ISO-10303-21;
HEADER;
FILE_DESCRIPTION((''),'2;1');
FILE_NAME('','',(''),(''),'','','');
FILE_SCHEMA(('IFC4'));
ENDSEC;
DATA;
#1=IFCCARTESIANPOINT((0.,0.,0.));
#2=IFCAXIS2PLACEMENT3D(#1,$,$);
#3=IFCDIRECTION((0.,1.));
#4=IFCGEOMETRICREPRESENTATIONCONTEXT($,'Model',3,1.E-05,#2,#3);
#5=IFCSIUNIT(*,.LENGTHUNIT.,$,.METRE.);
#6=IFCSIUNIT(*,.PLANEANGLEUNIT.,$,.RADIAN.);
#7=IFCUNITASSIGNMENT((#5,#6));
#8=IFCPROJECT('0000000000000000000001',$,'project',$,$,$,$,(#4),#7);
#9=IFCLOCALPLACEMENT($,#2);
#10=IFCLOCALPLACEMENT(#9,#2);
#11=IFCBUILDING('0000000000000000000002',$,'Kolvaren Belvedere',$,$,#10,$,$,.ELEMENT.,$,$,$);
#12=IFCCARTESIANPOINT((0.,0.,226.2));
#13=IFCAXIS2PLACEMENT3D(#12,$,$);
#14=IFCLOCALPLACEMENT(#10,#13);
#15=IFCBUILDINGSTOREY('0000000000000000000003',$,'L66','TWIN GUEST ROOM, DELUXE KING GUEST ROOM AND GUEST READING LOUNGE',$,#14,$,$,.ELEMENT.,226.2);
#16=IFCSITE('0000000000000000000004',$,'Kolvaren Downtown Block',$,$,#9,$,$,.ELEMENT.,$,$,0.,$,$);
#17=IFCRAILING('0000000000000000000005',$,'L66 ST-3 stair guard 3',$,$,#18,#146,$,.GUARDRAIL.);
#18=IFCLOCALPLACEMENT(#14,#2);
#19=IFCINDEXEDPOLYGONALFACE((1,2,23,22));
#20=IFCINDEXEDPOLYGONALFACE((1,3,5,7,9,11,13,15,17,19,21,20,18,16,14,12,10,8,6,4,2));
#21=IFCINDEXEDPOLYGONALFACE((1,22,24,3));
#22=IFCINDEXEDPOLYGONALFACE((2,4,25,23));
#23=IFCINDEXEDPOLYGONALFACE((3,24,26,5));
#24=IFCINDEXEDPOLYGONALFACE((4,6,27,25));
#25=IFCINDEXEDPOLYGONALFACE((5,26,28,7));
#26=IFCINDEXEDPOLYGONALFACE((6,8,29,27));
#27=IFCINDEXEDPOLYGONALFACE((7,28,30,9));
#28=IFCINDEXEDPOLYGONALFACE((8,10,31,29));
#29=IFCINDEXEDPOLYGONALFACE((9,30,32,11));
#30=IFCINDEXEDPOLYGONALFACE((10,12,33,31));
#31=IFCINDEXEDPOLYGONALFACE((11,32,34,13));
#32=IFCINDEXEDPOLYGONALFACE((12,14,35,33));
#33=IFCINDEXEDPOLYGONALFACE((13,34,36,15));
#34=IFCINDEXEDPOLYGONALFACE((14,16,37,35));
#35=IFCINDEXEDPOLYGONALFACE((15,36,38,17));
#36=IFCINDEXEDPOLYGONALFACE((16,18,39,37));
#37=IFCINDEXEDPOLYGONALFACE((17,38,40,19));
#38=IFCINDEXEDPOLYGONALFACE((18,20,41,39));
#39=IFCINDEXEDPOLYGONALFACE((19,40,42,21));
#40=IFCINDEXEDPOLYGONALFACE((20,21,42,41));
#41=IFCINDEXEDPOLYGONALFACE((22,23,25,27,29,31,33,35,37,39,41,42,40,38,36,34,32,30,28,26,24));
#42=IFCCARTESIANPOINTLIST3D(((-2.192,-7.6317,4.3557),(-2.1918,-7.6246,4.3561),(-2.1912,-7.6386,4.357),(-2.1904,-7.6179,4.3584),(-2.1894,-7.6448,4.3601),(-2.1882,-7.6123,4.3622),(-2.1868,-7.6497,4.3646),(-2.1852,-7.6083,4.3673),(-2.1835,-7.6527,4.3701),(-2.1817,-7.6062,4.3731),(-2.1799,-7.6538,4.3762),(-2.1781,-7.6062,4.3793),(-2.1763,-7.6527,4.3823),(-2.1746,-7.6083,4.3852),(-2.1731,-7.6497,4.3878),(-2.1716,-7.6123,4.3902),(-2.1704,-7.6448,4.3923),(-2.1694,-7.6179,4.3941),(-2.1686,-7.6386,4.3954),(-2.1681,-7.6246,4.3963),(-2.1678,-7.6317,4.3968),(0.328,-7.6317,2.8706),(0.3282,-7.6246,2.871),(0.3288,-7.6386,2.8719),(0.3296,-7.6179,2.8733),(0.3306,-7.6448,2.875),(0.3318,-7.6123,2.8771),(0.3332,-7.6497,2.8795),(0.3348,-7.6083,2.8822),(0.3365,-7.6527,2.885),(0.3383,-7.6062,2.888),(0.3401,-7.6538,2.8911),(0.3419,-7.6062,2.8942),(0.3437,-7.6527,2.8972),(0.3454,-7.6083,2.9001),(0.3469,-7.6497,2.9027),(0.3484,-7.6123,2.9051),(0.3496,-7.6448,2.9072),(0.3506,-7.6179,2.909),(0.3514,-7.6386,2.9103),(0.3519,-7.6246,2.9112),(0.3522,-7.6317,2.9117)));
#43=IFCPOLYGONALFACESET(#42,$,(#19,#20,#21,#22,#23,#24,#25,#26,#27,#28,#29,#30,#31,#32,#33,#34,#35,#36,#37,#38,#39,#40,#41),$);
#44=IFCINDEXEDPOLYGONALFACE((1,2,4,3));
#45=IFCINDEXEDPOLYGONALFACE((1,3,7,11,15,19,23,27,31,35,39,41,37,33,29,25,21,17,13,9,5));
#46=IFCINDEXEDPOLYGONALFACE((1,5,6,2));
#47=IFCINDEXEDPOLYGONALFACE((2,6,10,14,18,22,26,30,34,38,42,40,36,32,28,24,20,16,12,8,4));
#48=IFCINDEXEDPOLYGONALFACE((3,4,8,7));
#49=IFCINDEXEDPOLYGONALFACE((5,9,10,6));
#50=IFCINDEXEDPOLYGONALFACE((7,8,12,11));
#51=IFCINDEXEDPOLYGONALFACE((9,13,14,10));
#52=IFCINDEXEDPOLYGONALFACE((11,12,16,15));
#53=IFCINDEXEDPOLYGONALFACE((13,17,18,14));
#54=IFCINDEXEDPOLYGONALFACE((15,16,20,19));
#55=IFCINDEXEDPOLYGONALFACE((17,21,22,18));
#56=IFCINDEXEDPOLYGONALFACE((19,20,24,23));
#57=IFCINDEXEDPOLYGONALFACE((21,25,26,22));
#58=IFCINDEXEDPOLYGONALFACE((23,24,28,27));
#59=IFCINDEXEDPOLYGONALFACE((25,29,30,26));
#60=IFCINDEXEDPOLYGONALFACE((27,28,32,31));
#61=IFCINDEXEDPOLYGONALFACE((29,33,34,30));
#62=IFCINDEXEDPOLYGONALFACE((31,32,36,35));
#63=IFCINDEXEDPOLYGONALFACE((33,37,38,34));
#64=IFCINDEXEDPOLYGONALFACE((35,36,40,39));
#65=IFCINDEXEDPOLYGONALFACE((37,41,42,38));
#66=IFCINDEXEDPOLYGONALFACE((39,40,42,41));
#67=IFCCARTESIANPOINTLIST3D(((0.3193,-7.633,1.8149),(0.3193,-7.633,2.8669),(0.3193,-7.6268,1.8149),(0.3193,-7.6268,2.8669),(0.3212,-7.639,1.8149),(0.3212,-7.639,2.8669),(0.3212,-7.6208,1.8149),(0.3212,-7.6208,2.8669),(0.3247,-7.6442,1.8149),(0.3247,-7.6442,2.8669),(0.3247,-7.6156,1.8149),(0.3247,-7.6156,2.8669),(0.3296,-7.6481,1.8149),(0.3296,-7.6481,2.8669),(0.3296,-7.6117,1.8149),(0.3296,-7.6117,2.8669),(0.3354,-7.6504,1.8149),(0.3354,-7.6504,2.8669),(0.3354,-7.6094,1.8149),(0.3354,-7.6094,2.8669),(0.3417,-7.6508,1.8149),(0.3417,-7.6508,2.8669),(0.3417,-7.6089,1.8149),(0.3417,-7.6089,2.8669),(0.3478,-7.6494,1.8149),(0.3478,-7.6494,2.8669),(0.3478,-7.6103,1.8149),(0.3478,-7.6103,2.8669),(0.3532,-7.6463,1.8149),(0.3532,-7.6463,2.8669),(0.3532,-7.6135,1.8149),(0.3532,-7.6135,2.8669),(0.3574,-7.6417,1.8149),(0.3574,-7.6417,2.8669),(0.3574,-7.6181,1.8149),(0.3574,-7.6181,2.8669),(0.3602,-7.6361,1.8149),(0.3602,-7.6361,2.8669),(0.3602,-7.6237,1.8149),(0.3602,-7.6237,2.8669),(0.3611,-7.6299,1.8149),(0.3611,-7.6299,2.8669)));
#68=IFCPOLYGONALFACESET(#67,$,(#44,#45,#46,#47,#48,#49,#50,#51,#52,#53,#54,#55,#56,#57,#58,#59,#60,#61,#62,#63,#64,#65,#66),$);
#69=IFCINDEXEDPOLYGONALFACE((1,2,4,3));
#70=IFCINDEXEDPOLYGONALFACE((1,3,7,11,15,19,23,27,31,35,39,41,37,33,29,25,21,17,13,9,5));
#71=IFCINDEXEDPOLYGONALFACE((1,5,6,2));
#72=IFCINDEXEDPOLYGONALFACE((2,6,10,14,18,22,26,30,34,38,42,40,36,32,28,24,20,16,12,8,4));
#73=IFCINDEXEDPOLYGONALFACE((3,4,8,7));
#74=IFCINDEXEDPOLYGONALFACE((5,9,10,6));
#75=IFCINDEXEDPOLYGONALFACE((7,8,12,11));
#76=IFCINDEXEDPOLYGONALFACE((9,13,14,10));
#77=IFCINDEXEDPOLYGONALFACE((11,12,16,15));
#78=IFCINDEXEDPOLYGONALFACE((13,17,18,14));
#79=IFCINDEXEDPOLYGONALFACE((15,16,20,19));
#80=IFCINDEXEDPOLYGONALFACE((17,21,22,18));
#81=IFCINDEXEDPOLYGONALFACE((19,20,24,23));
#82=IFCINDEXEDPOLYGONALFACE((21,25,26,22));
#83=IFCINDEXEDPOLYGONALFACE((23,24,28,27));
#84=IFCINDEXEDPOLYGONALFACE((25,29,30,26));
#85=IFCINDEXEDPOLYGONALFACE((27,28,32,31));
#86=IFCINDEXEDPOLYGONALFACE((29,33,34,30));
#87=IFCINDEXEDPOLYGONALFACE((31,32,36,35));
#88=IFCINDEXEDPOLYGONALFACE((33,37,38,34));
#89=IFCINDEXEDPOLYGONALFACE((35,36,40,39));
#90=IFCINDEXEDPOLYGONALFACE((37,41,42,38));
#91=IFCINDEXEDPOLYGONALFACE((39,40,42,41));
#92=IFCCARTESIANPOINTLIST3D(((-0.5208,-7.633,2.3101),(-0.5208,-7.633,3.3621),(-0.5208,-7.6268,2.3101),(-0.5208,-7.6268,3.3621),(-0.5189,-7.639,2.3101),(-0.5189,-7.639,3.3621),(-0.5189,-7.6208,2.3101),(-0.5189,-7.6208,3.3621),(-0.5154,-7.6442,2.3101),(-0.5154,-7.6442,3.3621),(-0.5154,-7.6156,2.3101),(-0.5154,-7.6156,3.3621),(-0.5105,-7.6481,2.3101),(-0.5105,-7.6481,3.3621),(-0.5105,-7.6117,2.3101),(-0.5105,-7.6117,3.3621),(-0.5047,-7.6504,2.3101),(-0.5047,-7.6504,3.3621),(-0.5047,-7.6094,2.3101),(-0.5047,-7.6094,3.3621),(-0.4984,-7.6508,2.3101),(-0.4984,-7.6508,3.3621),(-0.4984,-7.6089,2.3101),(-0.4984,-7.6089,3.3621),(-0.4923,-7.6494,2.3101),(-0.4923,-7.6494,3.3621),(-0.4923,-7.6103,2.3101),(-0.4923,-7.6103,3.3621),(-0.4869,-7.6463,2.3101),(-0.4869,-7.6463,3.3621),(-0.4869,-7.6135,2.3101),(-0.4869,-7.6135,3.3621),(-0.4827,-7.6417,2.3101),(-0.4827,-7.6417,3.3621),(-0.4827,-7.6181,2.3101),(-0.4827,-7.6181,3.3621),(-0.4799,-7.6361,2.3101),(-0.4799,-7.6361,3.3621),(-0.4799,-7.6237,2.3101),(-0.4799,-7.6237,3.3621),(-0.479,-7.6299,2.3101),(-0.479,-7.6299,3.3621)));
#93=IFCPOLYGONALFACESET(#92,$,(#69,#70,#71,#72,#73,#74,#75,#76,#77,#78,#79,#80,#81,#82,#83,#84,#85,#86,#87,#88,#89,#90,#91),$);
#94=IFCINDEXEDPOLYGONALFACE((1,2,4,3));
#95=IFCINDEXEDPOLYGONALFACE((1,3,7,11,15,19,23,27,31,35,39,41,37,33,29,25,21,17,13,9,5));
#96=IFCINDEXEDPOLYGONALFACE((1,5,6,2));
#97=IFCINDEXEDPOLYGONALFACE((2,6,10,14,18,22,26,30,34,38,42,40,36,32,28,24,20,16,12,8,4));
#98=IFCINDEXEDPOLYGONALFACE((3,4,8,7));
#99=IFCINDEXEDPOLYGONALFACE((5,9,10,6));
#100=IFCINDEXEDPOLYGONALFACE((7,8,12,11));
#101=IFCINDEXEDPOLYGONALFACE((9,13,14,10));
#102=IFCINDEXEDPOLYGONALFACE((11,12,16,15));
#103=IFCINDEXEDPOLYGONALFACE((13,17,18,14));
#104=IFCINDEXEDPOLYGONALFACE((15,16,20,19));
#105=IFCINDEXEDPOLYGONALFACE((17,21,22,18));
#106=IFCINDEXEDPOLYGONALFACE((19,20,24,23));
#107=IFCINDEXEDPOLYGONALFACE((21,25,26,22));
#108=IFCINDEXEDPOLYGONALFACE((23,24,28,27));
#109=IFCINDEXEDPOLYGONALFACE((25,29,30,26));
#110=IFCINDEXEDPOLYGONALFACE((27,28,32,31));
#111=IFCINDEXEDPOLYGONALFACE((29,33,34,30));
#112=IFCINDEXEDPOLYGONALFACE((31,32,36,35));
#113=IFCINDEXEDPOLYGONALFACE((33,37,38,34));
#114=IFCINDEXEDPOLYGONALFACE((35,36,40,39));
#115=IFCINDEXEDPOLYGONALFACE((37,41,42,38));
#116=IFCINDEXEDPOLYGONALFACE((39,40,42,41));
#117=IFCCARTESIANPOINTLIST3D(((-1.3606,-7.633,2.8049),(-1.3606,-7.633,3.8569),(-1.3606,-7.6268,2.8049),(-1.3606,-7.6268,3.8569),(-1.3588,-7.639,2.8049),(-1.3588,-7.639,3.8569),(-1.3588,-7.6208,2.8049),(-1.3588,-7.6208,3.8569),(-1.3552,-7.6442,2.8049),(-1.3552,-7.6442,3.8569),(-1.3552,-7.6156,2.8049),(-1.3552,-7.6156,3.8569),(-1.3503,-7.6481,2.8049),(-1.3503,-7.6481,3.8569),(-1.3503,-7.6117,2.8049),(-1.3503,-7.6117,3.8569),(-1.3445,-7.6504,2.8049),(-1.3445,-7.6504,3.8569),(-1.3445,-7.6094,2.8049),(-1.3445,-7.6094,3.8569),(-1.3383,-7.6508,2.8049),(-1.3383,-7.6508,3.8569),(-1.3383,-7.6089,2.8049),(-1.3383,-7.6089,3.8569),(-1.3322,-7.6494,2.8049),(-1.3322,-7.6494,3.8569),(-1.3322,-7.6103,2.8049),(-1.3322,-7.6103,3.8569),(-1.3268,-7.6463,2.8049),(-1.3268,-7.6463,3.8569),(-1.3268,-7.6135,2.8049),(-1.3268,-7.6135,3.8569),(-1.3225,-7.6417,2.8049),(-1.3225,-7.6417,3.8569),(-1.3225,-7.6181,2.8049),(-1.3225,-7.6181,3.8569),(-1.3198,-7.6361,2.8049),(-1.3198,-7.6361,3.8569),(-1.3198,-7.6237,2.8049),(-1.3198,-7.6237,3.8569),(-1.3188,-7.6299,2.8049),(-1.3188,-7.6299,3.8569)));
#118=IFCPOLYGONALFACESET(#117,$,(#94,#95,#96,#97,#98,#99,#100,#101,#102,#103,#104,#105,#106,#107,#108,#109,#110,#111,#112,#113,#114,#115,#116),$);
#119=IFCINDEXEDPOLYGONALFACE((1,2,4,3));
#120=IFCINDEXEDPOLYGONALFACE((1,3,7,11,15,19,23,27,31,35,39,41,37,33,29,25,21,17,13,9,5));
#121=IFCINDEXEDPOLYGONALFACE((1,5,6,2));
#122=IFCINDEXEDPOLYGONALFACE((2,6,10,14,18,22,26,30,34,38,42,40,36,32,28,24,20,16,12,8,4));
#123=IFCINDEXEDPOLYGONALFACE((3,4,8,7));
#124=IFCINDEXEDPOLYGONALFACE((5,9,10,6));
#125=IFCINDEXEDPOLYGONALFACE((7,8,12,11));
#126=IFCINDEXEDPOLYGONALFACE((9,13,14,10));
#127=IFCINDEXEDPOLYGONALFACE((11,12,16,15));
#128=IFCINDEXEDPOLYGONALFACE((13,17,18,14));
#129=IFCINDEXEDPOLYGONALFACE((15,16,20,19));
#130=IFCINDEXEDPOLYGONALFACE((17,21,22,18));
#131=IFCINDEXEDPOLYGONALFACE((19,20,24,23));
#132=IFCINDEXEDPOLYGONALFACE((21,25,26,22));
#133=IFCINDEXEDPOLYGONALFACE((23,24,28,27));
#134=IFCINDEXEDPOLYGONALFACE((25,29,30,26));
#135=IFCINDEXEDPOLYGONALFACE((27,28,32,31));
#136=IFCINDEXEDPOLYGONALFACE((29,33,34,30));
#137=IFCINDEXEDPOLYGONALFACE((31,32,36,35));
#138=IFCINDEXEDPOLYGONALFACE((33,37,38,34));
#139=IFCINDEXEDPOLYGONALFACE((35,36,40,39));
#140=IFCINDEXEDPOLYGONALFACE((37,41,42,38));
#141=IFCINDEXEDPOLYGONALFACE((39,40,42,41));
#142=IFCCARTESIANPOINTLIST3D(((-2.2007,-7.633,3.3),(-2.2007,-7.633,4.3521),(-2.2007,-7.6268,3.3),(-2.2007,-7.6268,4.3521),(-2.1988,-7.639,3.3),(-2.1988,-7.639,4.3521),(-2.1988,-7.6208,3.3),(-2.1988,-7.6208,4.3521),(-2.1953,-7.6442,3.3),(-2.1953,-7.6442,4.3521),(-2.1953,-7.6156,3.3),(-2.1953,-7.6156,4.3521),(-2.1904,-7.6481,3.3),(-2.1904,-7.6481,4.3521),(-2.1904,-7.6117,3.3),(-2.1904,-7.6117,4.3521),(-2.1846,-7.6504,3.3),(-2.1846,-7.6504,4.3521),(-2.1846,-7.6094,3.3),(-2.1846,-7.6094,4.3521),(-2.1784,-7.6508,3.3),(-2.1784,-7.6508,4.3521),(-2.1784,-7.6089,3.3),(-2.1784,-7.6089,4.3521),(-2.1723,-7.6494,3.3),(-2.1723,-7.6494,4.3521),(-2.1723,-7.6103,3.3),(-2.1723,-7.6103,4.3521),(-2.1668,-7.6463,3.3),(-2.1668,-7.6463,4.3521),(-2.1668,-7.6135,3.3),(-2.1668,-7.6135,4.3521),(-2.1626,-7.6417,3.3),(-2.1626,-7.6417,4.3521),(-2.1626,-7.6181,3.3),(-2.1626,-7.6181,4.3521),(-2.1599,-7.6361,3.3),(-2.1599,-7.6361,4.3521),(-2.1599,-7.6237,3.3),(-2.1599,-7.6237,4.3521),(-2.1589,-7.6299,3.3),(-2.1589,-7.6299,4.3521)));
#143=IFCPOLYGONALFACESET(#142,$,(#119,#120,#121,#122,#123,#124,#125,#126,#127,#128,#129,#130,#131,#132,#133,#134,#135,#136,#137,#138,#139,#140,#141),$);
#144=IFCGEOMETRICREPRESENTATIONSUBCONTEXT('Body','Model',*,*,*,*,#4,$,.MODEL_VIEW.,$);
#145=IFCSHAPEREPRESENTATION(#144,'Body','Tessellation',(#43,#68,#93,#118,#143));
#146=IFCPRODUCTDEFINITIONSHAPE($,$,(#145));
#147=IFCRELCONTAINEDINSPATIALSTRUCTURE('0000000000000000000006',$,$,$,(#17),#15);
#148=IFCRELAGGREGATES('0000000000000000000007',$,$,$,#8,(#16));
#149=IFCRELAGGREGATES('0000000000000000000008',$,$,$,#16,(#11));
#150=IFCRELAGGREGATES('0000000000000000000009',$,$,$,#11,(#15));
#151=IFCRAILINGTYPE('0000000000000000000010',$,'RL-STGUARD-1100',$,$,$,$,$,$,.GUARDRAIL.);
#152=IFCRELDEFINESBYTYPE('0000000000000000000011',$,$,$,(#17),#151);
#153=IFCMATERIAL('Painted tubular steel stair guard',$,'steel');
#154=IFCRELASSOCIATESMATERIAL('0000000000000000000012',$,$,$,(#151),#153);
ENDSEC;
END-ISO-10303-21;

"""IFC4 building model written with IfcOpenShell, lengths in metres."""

from ifc_helpers import new_model, si_unit, direction, frame, origin, origin_2d, place, context, subcontext, project, spatial, circle, extrude, material, type_object, element, save


model = new_model("IFC4")

# Units and contexts
model_context = context("Model", 3, precision=1e-05, world=origin(), true_north=direction((0.0, 1.0)))
body_context = subcontext(model_context, "Body", "Model", "MODEL_VIEW")
ifc_project = project(units=[si_unit("LENGTHUNIT", "METRE"), si_unit("PLANEANGLEUNIT", "RADIAN")], contexts=[model_context])

# Site, building, storey
site_placement = place(None, origin())
site = spatial("IfcSite", under=ifc_project, at=site_placement, Name="Kolvaren Downtown Block", CompositionType="ELEMENT", RefElevation=0.0)
building_placement = place(site_placement, origin())
building = spatial("IfcBuilding", under=site, at=building_placement, Name="Kolvaren Belvedere", CompositionType="ELEMENT")
storey_placement = place(building_placement, frame((0.0, 0.0, 226.2)))
storey = spatial("IfcBuildingStorey", under=building, at=storey_placement, Name="L66", Description="TWIN GUEST ROOM, DELUXE KING GUEST ROOM AND GUEST READING LOUNGE", CompositionType="ELEMENT", Elevation=226.2)

# Railing
ifc_material_1 = material(Name="Painted tubular steel stair guard", Category="steel")
railing_type_1 = type_object("IfcRailingType", Name="RL-STGUARD-1100", PredefinedType="GUARDRAIL", material=ifc_material_1)
railing_1_placement = place(storey_placement, frame((0.3401, -7.6299, 1.8149)))
element("IfcRailing", 1, at=railing_1_placement, inside=storey, type_object=railing_type_1, Name="L66 ST-3 stair guard 3", PredefinedType="GUARDRAIL", context=body_context, shape_type="SweptSolid", body=[
    extrude(circle(Radius=0.0239, at=origin_2d()), frame((0.0, 0.0, 1.0762), z_axis=(-0.861524, 0.0, 0.507717), x_axis=(0.0, -1.0, 0.0)), (0.0, 0.0, 1.0), 2.925),
    extrude(circle(Radius=0.021, at=origin_2d()), origin(), (0.0, 0.0, 1.0), 1.052),
    extrude(circle(Radius=0.021, at=origin_2d()), frame((-0.8401, 0.0, 0.4951)), (0.0, 0.0, 1.0), 1.052),
    extrude(circle(Radius=0.021, at=origin_2d()), frame((-1.6799, 0.0, 0.99)), (0.0, 0.0, 1.0), 1.052),
    extrude(circle(Radius=0.021, at=origin_2d()), frame((-2.52, 0.0, 1.4851)), (0.0, 0.0, 1.0), 1.052),
])

save(model, "model.ifc")
